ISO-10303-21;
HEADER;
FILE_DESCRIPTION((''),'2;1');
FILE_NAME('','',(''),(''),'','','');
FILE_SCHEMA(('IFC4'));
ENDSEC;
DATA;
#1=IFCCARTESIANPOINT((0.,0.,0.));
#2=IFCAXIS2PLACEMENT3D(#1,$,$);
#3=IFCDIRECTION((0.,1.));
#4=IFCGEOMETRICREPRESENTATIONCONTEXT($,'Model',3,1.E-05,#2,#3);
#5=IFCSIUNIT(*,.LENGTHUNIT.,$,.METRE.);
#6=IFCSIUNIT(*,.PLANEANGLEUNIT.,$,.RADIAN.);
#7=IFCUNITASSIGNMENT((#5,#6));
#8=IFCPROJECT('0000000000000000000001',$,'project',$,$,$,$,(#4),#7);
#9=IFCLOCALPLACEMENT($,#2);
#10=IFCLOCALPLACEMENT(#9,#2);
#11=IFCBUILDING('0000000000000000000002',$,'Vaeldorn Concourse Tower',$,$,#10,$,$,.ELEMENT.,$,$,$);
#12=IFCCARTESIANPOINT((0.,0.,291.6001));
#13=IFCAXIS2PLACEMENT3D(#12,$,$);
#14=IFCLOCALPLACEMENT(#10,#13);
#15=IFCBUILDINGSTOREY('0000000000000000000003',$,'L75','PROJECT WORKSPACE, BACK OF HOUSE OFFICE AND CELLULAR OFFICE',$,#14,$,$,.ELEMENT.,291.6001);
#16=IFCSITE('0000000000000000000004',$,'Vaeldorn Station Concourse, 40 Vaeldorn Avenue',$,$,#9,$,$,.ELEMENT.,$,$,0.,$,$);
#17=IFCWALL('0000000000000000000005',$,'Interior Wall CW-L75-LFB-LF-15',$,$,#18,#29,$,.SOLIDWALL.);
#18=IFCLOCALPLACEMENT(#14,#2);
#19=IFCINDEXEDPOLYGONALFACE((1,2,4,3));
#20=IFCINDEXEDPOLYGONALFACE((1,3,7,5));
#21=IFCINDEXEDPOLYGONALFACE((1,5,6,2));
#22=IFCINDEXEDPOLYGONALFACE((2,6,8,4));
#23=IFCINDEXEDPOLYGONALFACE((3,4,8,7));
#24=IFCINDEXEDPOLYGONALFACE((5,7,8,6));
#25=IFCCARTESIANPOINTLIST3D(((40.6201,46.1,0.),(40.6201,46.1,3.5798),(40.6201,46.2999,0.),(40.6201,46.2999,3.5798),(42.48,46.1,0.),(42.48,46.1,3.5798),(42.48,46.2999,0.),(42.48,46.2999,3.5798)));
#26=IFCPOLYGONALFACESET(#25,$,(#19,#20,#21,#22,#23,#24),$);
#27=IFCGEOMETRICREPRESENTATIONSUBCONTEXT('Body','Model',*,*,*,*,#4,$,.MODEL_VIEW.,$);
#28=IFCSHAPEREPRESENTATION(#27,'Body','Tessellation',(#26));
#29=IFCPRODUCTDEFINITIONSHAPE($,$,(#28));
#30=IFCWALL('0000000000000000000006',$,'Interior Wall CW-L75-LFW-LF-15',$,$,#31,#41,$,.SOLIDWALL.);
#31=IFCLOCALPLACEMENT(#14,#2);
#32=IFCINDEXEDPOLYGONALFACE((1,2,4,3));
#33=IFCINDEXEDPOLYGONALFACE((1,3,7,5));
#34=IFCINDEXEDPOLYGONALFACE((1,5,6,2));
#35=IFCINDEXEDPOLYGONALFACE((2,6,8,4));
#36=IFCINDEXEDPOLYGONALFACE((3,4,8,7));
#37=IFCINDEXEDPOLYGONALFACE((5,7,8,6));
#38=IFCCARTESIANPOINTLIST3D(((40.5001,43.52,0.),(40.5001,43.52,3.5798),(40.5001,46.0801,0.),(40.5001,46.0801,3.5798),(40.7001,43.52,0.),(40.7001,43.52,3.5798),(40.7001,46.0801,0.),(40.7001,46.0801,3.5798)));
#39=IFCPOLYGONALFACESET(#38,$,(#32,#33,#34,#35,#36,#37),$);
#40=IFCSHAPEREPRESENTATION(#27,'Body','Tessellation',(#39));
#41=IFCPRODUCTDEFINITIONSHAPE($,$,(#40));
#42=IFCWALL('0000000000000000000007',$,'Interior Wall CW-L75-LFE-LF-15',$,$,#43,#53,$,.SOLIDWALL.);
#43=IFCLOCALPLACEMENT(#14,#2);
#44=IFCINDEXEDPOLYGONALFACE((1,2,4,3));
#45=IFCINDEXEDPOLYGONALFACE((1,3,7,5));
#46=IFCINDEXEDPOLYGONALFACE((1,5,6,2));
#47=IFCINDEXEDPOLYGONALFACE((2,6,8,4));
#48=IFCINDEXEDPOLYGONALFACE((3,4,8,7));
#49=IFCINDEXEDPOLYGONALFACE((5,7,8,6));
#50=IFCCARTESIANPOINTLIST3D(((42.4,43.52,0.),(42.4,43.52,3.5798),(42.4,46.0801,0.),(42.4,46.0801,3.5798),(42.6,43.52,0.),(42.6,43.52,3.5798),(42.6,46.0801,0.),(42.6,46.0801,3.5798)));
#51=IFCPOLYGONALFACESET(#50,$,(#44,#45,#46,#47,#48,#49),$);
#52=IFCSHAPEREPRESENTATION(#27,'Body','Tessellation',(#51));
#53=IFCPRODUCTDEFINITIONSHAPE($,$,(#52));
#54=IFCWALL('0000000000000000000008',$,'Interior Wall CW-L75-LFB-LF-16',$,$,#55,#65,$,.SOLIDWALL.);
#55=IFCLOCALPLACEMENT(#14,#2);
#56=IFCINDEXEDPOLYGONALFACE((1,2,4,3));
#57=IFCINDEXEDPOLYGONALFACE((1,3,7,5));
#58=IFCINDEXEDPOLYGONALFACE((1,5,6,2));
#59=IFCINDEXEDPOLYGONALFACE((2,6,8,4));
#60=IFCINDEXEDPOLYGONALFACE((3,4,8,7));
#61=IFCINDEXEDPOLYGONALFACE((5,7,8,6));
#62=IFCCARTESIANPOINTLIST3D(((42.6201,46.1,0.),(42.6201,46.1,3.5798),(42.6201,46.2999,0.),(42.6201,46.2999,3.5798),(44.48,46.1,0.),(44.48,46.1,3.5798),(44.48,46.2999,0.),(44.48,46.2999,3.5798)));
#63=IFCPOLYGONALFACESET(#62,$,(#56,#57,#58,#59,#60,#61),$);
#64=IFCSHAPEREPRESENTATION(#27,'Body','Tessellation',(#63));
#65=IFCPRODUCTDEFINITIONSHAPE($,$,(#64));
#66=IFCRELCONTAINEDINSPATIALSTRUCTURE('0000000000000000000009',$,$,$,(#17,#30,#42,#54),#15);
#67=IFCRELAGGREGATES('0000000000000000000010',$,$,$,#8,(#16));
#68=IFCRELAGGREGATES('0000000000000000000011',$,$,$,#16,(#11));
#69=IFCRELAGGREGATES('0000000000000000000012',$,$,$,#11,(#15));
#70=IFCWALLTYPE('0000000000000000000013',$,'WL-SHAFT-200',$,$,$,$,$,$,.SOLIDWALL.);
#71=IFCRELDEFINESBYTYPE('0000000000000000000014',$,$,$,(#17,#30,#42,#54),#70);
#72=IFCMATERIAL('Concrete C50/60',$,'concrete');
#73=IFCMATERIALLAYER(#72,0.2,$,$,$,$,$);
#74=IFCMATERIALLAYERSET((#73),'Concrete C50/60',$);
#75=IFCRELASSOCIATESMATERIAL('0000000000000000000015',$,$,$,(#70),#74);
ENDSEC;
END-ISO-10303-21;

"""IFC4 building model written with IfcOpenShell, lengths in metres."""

from ifc_helpers import new_model, si_unit, direction, frame, frame_2d, origin, place, context, subcontext, project, spatial, rectangle, extrude, material, layer, layer_set, type_object, element, save


model = new_model("IFC4")

# Units and contexts
model_context = context("Model", 3, precision=1e-05, world=origin(), true_north=direction((0.0, 1.0)))
body_context = subcontext(model_context, "Body", "Model", "MODEL_VIEW")
ifc_project = project(units=[si_unit("LENGTHUNIT", "METRE"), si_unit("PLANEANGLEUNIT", "RADIAN")], contexts=[model_context])

# Site, building, storey
site_placement = place(None, origin())
site = spatial("IfcSite", under=ifc_project, at=site_placement, Name="Vaeldorn Station Concourse, 40 Vaeldorn Avenue", CompositionType="ELEMENT", RefElevation=0.0)
building_placement = place(site_placement, origin())
building = spatial("IfcBuilding", under=site, at=building_placement, Name="Vaeldorn Concourse Tower", CompositionType="ELEMENT")
storey_placement = place(building_placement, frame((0.0, 0.0, 291.6001)))
storey = spatial("IfcBuildingStorey", under=building, at=storey_placement, Name="L75", Description="PROJECT WORKSPACE, BACK OF HOUSE OFFICE AND CELLULAR OFFICE", CompositionType="ELEMENT", Elevation=291.6001)

# Shared definitions
ifc_material_1 = material(Name="Concrete C50/60", Category="concrete")

# Shared definitions
ifc_layer_1 = layer(ifc_material_1, 0.2)
ifc_layer_set_1 = layer_set([ifc_layer_1], Name="Concrete C50/60")
wall_type_1 = type_object("IfcWallType", Name="WL-SHAFT-200", PredefinedType="SOLIDWALL", material=ifc_layer_set_1)

# Walls
wall_1_placement = place(storey_placement, frame((40.6201, 46.2, 0.0), z_axis=(0.0, 0.0, 1.0), x_axis=(1.0, 0.0, 0.0)))
element("IfcWall", 1, at=wall_1_placement, inside=storey, type_object=wall_type_1, Name="Interior Wall CW-L75-LFB-LF-15", PredefinedType="SOLIDWALL", context=body_context, shape_type="SweptSolid", body=[
    extrude(rectangle(XDim=1.8599, YDim=0.2, at=frame_2d((0.9299, 0.0))), origin(), (0.0, 0.0, 1.0), 3.5798),
])
for number, where, z_axis, x_axis, name in (
    (2, (40.6001, 43.52, 0.0), (0.0, 0.0, 1.0), (0.0, 1.0, 0.0), "Interior Wall CW-L75-LFW-LF-15"),
    (3, (42.5, 43.52, 0.0), (0.0, 0.0, 1.0), (0.0, 1.0, 0.0), "Interior Wall CW-L75-LFE-LF-15"),
):
    element("IfcWall", number, at=place(storey_placement, frame(where, z_axis=z_axis, x_axis=x_axis)), inside=storey, type_object=wall_type_1, Name=name, PredefinedType="SOLIDWALL", context=body_context, shape_type="SweptSolid", body=[
        extrude(rectangle(XDim=2.5601, YDim=0.2, at=frame_2d((1.28, 0.0))), origin(), (0.0, 0.0, 1.0), 3.5798),
    ])

# Wall
wall_2_placement = place(storey_placement, frame((42.6201, 46.2, 0.0), z_axis=(0.0, 0.0, 1.0), x_axis=(1.0, 0.0, 0.0)))
element("IfcWall", 4, at=wall_2_placement, inside=storey, type_object=wall_type_1, Name="Interior Wall CW-L75-LFB-LF-16", PredefinedType="SOLIDWALL", context=body_context, shape_type="SweptSolid", body=[
    extrude(rectangle(XDim=1.8599, YDim=0.2, at=frame_2d((0.9299, 0.0))), origin(), (0.0, 0.0, 1.0), 3.5798),
])

save(model, "model.ifc")
